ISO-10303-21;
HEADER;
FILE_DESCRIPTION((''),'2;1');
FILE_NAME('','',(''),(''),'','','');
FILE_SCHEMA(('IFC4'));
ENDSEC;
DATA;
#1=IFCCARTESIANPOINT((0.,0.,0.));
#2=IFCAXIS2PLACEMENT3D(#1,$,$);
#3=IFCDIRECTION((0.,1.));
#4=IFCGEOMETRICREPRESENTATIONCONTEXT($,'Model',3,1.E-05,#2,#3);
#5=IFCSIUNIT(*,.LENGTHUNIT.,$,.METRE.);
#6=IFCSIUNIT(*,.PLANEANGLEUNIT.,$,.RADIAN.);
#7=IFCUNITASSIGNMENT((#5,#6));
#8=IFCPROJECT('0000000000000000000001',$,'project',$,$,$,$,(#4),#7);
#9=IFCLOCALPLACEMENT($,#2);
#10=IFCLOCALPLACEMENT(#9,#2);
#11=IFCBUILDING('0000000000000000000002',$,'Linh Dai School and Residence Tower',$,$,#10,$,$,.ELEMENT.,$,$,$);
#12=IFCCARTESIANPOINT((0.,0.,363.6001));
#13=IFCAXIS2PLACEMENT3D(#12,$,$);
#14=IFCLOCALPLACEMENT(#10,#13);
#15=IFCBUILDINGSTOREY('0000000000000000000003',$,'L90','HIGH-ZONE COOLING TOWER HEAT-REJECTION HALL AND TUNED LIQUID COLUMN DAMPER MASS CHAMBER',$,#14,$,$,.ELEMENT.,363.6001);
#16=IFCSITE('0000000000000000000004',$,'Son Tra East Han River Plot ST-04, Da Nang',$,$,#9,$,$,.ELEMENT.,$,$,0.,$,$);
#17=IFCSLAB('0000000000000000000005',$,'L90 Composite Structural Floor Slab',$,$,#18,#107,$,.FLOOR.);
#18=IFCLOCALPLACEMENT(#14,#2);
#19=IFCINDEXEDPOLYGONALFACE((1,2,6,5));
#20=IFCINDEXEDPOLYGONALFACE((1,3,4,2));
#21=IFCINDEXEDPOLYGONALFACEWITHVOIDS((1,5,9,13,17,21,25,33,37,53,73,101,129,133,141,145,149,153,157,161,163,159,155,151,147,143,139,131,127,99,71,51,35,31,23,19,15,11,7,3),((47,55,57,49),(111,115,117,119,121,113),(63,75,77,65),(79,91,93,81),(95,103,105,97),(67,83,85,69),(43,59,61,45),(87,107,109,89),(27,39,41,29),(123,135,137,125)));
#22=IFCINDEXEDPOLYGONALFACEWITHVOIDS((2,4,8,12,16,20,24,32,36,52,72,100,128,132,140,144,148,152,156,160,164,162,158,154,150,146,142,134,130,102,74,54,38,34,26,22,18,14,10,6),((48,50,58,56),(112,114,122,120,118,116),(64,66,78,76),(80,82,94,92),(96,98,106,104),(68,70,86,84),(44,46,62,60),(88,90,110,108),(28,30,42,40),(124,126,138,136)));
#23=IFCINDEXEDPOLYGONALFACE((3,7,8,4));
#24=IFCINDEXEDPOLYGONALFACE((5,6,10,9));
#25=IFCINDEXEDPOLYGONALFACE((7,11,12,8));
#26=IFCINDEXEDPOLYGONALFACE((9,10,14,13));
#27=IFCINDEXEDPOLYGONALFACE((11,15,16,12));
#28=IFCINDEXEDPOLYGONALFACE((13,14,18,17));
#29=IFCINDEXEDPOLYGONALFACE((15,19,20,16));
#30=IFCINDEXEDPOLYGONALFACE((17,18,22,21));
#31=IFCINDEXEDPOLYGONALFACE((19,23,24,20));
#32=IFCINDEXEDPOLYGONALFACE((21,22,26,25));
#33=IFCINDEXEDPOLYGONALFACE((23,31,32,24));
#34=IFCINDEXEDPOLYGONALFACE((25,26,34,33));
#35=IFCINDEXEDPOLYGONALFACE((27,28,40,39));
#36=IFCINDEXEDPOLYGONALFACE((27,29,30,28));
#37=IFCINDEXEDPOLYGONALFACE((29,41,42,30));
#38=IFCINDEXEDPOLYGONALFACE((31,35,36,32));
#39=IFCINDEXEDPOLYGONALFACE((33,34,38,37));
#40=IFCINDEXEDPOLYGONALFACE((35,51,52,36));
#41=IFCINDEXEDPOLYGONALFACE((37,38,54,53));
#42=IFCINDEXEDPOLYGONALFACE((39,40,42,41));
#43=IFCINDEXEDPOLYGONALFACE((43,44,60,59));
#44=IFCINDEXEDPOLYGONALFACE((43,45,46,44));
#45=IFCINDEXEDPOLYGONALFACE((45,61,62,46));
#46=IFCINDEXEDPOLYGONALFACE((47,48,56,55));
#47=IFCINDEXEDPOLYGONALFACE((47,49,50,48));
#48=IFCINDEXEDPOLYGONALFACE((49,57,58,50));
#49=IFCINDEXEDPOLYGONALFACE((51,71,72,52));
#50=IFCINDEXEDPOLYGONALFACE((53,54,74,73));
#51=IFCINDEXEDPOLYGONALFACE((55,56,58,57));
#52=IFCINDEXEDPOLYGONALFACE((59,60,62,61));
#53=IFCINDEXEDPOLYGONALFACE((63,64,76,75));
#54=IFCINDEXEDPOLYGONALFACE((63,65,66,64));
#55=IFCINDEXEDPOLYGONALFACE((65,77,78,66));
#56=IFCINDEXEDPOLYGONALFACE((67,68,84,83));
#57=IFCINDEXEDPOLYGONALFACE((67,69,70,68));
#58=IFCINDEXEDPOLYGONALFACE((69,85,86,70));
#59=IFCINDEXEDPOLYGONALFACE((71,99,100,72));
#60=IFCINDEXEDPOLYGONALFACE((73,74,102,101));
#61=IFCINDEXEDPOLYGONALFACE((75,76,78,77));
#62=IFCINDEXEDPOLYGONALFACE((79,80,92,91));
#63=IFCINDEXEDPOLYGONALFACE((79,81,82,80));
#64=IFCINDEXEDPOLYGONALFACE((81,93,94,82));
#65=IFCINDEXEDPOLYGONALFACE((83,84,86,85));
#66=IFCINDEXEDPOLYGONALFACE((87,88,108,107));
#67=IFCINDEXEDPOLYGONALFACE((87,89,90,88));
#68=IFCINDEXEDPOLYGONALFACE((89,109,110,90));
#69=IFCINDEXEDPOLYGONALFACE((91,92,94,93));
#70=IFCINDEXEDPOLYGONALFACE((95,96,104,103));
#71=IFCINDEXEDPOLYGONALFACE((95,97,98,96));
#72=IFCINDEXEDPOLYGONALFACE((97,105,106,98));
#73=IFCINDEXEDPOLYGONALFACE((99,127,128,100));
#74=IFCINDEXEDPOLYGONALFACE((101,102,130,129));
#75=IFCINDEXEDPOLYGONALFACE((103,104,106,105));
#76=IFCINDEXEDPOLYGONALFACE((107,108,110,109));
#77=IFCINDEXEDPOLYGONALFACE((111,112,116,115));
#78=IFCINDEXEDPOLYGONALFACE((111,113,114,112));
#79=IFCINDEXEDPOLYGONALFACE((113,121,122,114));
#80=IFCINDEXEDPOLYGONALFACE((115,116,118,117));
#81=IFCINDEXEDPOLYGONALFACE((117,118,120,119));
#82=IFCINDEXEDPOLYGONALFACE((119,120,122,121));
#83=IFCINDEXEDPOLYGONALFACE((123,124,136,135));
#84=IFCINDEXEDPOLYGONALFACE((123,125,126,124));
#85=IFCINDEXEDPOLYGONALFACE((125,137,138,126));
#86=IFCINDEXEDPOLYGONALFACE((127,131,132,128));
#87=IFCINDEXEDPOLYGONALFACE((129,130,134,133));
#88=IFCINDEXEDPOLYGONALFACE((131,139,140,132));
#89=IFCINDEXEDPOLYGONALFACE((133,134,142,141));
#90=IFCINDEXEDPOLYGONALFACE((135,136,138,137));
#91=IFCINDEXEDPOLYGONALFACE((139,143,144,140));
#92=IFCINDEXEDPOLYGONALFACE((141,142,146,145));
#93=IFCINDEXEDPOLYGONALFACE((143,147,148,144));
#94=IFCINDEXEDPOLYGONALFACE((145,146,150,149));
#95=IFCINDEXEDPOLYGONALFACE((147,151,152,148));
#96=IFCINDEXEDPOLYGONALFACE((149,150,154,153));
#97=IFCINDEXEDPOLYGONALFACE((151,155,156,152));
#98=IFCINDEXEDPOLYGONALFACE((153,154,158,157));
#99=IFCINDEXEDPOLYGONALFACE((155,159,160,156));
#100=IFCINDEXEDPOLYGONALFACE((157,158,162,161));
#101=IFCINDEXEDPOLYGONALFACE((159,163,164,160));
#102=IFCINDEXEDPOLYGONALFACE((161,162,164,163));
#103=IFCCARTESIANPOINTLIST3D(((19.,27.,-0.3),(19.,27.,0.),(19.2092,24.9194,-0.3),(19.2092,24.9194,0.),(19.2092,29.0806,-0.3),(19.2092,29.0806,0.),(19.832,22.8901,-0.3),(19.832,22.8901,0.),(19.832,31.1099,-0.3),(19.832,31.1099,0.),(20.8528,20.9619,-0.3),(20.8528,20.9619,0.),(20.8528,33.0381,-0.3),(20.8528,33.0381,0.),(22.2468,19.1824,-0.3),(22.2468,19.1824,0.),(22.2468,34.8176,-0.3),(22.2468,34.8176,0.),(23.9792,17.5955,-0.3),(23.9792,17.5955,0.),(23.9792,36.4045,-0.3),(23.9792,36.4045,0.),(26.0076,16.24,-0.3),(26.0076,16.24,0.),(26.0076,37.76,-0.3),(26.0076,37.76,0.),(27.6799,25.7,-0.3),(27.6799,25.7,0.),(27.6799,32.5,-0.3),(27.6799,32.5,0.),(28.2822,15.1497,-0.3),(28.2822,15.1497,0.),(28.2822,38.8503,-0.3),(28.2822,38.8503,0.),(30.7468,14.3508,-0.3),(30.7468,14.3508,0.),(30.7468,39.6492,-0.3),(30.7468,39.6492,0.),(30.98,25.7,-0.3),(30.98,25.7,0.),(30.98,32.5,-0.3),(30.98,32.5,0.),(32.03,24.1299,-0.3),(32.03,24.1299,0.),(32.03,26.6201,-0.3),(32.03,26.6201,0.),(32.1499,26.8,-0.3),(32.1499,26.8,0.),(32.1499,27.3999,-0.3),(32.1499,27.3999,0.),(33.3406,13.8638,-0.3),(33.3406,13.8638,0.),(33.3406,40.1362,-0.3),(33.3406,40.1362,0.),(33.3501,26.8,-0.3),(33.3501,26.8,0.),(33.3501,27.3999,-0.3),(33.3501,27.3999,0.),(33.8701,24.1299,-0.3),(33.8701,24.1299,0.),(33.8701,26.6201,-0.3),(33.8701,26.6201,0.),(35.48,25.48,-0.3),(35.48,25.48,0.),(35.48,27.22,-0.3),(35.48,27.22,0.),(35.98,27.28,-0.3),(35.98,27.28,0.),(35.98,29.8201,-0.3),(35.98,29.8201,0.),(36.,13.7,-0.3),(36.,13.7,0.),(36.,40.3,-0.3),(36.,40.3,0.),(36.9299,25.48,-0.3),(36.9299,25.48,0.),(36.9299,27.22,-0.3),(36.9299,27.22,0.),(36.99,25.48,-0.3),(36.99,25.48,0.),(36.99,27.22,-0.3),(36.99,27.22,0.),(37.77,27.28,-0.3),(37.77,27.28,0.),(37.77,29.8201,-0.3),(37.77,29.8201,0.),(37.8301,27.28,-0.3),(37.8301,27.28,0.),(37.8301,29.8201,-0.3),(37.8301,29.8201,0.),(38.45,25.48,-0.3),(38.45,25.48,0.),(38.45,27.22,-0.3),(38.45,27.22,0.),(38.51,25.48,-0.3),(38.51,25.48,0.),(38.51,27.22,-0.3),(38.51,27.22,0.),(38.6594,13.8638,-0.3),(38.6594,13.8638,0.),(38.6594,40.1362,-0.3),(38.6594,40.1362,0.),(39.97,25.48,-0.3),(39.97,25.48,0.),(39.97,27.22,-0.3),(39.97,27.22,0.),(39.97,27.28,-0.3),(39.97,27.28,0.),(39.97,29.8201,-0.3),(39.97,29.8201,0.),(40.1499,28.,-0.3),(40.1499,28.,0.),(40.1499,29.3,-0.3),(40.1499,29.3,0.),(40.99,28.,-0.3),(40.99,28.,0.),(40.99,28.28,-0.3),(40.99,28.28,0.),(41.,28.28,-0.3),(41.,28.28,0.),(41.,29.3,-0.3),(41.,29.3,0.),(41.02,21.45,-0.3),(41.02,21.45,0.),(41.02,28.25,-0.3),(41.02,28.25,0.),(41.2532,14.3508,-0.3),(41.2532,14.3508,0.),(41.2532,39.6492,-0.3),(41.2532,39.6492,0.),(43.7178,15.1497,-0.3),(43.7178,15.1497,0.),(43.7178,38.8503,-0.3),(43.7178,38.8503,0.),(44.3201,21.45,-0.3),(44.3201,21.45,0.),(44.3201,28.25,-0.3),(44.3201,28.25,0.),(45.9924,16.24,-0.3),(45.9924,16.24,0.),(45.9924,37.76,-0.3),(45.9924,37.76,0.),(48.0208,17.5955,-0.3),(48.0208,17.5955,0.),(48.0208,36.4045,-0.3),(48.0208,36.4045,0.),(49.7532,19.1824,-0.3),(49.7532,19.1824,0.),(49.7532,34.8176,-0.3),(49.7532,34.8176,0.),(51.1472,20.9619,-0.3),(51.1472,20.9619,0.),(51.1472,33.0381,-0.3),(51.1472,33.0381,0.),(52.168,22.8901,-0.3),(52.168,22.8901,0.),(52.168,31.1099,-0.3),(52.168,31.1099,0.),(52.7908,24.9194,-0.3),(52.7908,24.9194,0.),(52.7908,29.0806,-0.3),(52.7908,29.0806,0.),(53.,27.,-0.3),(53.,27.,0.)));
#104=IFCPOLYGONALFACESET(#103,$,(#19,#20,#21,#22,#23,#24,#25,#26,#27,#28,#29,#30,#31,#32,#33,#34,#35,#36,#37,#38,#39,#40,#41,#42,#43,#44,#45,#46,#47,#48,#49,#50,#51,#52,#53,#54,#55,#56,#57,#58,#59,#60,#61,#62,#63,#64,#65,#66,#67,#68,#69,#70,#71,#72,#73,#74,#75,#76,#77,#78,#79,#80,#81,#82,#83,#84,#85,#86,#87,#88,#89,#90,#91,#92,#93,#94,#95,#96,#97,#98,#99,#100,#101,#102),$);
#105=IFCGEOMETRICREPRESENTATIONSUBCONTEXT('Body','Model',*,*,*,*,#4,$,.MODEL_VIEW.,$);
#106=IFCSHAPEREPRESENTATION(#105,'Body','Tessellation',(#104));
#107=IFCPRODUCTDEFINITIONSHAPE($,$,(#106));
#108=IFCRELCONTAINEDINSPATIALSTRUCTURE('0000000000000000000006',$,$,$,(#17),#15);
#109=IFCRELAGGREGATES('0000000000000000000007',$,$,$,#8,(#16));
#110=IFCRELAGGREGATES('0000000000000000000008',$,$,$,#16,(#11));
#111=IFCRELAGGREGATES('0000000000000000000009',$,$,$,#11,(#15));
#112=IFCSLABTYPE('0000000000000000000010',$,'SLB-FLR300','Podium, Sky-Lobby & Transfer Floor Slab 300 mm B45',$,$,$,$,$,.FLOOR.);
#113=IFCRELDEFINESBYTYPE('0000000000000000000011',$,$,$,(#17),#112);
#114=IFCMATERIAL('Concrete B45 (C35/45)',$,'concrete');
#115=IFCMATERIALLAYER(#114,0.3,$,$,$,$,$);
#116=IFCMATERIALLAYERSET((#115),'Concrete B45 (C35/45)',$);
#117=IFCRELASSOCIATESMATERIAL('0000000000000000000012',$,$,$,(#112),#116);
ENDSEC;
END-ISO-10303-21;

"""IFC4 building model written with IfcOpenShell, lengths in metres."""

from ifc_helpers import new_model, si_unit, direction, frame, origin, place, context, subcontext, project, spatial, polyline, outline, extrude, material, layer, layer_set, type_object, element, save


model = new_model("IFC4")

# Units and contexts
model_context = context("Model", 3, precision=1e-05, world=origin(), true_north=direction((0.0, 1.0)))
body_context = subcontext(model_context, "Body", "Model", "MODEL_VIEW")
ifc_project = project(units=[si_unit("LENGTHUNIT", "METRE"), si_unit("PLANEANGLEUNIT", "RADIAN")], contexts=[model_context])

# Site, building, storey
site_placement = place(None, origin())
site = spatial("IfcSite", under=ifc_project, at=site_placement, Name="Son Tra East Han River Plot ST-04, Da Nang", CompositionType="ELEMENT", RefElevation=0.0)
building_placement = place(site_placement, origin())
building = spatial("IfcBuilding", under=site, at=building_placement, Name="Linh Dai School and Residence Tower", CompositionType="ELEMENT")
storey_placement = place(building_placement, frame((0.0, 0.0, 363.6001)))
storey = spatial("IfcBuildingStorey", under=building, at=storey_placement, Name="L90", Description="HIGH-ZONE COOLING TOWER HEAT-REJECTION HALL AND TUNED LIQUID COLUMN DAMPER MASS CHAMBER", CompositionType="ELEMENT", Elevation=363.6001)

# Shared definitions
ifc_material_1 = material(Name="Concrete B45 (C35/45)", Category="concrete")

# Slab
ifc_layer_1 = layer(ifc_material_1, 0.3)
ifc_layer_set_1 = layer_set([ifc_layer_1], Name="Concrete B45 (C35/45)")
slab_type_1 = type_object("IfcSlabType", Name="SLB-FLR300", Description="Podium, Sky-Lobby & Transfer Floor Slab 300 mm B45", PredefinedType="FLOOR", material=ifc_layer_set_1)
slab_1_placement = place(storey_placement, frame((0.0, 0.0, -0.3)))
element("IfcSlab", 1, at=slab_1_placement, inside=storey, type_object=slab_type_1, Name="L90 Composite Structural Floor Slab", PredefinedType="FLOOR", context=body_context, shape_type="SweptSolid", body=[
    extrude(outline(polyline([(53.0, 27.0), (52.7908, 29.0806), (52.168, 31.1099), (51.1472, 33.0381), (49.7532, 34.8176), (48.0208, 36.4045), (45.9924, 37.76), (43.7178, 38.8503), (41.2532, 39.6492), (38.6594, 40.1362), (36.0, 40.3), (33.3406, 40.1362), (30.7468, 39.6492), (28.2822, 38.8503), (26.0076, 37.76), (23.9792, 36.4045), (22.2468, 34.8176), (20.8528, 33.0381), (19.832, 31.1099), (19.2092, 29.0806), (19.0, 27.0), (19.2092, 24.9194), (19.832, 22.8901), (20.8528, 20.9619), (22.2468, 19.1824), (23.9792, 17.5955), (26.0076, 16.24), (28.2822, 15.1497), (30.7468, 14.3508), (33.3406, 13.8638), (36.0, 13.7), (38.6594, 13.8638), (41.2532, 14.3508), (43.7178, 15.1497), (45.9924, 16.24), (48.0208, 17.5955), (49.7532, 19.1824), (51.1472, 20.9619), (52.168, 22.8901), (52.7908, 24.9194), (53.0, 27.0)]), holes=[polyline([(30.98, 25.7), (30.98, 32.5), (27.6799, 32.5), (27.6799, 25.7), (30.98, 25.7)]), polyline([(41.02, 28.25), (41.02, 21.45), (44.3201, 21.45), (44.3201, 28.25), (41.02, 28.25)]), polyline([(35.98, 27.28), (37.77, 27.28), (37.77, 29.8201), (35.98, 29.8201), (35.98, 27.28)]), polyline([(32.03, 24.1299), (33.8701, 24.1299), (33.8701, 26.6201), (32.03, 26.6201), (32.03, 24.1299)]), polyline([(37.8301, 27.28), (39.97, 27.28), (39.97, 29.8201), (37.8301, 29.8201), (37.8301, 27.28)]), polyline([(35.48, 25.48), (36.9299, 25.48), (36.9299, 27.22), (35.48, 27.22), (35.48, 25.48)]), polyline([(36.99, 25.48), (38.45, 25.48), (38.45, 27.22), (36.99, 27.22), (36.99, 25.48)]), polyline([(38.51, 25.48), (39.97, 25.48), (39.97, 27.22), (38.51, 27.22), (38.51, 25.48)]), polyline([(40.1499, 28.0), (40.1499, 29.3), (41.0, 29.3), (41.0, 28.28), (40.99, 28.28), (40.99, 28.0), (40.1499, 28.0)]), polyline([(32.1499, 26.8), (33.3501, 26.8), (33.3501, 27.3999), (32.1499, 27.3999), (32.1499, 26.8)])]), origin(), (0.0, 0.0, 1.0), 0.3),
])

save(model, "model.ifc")
